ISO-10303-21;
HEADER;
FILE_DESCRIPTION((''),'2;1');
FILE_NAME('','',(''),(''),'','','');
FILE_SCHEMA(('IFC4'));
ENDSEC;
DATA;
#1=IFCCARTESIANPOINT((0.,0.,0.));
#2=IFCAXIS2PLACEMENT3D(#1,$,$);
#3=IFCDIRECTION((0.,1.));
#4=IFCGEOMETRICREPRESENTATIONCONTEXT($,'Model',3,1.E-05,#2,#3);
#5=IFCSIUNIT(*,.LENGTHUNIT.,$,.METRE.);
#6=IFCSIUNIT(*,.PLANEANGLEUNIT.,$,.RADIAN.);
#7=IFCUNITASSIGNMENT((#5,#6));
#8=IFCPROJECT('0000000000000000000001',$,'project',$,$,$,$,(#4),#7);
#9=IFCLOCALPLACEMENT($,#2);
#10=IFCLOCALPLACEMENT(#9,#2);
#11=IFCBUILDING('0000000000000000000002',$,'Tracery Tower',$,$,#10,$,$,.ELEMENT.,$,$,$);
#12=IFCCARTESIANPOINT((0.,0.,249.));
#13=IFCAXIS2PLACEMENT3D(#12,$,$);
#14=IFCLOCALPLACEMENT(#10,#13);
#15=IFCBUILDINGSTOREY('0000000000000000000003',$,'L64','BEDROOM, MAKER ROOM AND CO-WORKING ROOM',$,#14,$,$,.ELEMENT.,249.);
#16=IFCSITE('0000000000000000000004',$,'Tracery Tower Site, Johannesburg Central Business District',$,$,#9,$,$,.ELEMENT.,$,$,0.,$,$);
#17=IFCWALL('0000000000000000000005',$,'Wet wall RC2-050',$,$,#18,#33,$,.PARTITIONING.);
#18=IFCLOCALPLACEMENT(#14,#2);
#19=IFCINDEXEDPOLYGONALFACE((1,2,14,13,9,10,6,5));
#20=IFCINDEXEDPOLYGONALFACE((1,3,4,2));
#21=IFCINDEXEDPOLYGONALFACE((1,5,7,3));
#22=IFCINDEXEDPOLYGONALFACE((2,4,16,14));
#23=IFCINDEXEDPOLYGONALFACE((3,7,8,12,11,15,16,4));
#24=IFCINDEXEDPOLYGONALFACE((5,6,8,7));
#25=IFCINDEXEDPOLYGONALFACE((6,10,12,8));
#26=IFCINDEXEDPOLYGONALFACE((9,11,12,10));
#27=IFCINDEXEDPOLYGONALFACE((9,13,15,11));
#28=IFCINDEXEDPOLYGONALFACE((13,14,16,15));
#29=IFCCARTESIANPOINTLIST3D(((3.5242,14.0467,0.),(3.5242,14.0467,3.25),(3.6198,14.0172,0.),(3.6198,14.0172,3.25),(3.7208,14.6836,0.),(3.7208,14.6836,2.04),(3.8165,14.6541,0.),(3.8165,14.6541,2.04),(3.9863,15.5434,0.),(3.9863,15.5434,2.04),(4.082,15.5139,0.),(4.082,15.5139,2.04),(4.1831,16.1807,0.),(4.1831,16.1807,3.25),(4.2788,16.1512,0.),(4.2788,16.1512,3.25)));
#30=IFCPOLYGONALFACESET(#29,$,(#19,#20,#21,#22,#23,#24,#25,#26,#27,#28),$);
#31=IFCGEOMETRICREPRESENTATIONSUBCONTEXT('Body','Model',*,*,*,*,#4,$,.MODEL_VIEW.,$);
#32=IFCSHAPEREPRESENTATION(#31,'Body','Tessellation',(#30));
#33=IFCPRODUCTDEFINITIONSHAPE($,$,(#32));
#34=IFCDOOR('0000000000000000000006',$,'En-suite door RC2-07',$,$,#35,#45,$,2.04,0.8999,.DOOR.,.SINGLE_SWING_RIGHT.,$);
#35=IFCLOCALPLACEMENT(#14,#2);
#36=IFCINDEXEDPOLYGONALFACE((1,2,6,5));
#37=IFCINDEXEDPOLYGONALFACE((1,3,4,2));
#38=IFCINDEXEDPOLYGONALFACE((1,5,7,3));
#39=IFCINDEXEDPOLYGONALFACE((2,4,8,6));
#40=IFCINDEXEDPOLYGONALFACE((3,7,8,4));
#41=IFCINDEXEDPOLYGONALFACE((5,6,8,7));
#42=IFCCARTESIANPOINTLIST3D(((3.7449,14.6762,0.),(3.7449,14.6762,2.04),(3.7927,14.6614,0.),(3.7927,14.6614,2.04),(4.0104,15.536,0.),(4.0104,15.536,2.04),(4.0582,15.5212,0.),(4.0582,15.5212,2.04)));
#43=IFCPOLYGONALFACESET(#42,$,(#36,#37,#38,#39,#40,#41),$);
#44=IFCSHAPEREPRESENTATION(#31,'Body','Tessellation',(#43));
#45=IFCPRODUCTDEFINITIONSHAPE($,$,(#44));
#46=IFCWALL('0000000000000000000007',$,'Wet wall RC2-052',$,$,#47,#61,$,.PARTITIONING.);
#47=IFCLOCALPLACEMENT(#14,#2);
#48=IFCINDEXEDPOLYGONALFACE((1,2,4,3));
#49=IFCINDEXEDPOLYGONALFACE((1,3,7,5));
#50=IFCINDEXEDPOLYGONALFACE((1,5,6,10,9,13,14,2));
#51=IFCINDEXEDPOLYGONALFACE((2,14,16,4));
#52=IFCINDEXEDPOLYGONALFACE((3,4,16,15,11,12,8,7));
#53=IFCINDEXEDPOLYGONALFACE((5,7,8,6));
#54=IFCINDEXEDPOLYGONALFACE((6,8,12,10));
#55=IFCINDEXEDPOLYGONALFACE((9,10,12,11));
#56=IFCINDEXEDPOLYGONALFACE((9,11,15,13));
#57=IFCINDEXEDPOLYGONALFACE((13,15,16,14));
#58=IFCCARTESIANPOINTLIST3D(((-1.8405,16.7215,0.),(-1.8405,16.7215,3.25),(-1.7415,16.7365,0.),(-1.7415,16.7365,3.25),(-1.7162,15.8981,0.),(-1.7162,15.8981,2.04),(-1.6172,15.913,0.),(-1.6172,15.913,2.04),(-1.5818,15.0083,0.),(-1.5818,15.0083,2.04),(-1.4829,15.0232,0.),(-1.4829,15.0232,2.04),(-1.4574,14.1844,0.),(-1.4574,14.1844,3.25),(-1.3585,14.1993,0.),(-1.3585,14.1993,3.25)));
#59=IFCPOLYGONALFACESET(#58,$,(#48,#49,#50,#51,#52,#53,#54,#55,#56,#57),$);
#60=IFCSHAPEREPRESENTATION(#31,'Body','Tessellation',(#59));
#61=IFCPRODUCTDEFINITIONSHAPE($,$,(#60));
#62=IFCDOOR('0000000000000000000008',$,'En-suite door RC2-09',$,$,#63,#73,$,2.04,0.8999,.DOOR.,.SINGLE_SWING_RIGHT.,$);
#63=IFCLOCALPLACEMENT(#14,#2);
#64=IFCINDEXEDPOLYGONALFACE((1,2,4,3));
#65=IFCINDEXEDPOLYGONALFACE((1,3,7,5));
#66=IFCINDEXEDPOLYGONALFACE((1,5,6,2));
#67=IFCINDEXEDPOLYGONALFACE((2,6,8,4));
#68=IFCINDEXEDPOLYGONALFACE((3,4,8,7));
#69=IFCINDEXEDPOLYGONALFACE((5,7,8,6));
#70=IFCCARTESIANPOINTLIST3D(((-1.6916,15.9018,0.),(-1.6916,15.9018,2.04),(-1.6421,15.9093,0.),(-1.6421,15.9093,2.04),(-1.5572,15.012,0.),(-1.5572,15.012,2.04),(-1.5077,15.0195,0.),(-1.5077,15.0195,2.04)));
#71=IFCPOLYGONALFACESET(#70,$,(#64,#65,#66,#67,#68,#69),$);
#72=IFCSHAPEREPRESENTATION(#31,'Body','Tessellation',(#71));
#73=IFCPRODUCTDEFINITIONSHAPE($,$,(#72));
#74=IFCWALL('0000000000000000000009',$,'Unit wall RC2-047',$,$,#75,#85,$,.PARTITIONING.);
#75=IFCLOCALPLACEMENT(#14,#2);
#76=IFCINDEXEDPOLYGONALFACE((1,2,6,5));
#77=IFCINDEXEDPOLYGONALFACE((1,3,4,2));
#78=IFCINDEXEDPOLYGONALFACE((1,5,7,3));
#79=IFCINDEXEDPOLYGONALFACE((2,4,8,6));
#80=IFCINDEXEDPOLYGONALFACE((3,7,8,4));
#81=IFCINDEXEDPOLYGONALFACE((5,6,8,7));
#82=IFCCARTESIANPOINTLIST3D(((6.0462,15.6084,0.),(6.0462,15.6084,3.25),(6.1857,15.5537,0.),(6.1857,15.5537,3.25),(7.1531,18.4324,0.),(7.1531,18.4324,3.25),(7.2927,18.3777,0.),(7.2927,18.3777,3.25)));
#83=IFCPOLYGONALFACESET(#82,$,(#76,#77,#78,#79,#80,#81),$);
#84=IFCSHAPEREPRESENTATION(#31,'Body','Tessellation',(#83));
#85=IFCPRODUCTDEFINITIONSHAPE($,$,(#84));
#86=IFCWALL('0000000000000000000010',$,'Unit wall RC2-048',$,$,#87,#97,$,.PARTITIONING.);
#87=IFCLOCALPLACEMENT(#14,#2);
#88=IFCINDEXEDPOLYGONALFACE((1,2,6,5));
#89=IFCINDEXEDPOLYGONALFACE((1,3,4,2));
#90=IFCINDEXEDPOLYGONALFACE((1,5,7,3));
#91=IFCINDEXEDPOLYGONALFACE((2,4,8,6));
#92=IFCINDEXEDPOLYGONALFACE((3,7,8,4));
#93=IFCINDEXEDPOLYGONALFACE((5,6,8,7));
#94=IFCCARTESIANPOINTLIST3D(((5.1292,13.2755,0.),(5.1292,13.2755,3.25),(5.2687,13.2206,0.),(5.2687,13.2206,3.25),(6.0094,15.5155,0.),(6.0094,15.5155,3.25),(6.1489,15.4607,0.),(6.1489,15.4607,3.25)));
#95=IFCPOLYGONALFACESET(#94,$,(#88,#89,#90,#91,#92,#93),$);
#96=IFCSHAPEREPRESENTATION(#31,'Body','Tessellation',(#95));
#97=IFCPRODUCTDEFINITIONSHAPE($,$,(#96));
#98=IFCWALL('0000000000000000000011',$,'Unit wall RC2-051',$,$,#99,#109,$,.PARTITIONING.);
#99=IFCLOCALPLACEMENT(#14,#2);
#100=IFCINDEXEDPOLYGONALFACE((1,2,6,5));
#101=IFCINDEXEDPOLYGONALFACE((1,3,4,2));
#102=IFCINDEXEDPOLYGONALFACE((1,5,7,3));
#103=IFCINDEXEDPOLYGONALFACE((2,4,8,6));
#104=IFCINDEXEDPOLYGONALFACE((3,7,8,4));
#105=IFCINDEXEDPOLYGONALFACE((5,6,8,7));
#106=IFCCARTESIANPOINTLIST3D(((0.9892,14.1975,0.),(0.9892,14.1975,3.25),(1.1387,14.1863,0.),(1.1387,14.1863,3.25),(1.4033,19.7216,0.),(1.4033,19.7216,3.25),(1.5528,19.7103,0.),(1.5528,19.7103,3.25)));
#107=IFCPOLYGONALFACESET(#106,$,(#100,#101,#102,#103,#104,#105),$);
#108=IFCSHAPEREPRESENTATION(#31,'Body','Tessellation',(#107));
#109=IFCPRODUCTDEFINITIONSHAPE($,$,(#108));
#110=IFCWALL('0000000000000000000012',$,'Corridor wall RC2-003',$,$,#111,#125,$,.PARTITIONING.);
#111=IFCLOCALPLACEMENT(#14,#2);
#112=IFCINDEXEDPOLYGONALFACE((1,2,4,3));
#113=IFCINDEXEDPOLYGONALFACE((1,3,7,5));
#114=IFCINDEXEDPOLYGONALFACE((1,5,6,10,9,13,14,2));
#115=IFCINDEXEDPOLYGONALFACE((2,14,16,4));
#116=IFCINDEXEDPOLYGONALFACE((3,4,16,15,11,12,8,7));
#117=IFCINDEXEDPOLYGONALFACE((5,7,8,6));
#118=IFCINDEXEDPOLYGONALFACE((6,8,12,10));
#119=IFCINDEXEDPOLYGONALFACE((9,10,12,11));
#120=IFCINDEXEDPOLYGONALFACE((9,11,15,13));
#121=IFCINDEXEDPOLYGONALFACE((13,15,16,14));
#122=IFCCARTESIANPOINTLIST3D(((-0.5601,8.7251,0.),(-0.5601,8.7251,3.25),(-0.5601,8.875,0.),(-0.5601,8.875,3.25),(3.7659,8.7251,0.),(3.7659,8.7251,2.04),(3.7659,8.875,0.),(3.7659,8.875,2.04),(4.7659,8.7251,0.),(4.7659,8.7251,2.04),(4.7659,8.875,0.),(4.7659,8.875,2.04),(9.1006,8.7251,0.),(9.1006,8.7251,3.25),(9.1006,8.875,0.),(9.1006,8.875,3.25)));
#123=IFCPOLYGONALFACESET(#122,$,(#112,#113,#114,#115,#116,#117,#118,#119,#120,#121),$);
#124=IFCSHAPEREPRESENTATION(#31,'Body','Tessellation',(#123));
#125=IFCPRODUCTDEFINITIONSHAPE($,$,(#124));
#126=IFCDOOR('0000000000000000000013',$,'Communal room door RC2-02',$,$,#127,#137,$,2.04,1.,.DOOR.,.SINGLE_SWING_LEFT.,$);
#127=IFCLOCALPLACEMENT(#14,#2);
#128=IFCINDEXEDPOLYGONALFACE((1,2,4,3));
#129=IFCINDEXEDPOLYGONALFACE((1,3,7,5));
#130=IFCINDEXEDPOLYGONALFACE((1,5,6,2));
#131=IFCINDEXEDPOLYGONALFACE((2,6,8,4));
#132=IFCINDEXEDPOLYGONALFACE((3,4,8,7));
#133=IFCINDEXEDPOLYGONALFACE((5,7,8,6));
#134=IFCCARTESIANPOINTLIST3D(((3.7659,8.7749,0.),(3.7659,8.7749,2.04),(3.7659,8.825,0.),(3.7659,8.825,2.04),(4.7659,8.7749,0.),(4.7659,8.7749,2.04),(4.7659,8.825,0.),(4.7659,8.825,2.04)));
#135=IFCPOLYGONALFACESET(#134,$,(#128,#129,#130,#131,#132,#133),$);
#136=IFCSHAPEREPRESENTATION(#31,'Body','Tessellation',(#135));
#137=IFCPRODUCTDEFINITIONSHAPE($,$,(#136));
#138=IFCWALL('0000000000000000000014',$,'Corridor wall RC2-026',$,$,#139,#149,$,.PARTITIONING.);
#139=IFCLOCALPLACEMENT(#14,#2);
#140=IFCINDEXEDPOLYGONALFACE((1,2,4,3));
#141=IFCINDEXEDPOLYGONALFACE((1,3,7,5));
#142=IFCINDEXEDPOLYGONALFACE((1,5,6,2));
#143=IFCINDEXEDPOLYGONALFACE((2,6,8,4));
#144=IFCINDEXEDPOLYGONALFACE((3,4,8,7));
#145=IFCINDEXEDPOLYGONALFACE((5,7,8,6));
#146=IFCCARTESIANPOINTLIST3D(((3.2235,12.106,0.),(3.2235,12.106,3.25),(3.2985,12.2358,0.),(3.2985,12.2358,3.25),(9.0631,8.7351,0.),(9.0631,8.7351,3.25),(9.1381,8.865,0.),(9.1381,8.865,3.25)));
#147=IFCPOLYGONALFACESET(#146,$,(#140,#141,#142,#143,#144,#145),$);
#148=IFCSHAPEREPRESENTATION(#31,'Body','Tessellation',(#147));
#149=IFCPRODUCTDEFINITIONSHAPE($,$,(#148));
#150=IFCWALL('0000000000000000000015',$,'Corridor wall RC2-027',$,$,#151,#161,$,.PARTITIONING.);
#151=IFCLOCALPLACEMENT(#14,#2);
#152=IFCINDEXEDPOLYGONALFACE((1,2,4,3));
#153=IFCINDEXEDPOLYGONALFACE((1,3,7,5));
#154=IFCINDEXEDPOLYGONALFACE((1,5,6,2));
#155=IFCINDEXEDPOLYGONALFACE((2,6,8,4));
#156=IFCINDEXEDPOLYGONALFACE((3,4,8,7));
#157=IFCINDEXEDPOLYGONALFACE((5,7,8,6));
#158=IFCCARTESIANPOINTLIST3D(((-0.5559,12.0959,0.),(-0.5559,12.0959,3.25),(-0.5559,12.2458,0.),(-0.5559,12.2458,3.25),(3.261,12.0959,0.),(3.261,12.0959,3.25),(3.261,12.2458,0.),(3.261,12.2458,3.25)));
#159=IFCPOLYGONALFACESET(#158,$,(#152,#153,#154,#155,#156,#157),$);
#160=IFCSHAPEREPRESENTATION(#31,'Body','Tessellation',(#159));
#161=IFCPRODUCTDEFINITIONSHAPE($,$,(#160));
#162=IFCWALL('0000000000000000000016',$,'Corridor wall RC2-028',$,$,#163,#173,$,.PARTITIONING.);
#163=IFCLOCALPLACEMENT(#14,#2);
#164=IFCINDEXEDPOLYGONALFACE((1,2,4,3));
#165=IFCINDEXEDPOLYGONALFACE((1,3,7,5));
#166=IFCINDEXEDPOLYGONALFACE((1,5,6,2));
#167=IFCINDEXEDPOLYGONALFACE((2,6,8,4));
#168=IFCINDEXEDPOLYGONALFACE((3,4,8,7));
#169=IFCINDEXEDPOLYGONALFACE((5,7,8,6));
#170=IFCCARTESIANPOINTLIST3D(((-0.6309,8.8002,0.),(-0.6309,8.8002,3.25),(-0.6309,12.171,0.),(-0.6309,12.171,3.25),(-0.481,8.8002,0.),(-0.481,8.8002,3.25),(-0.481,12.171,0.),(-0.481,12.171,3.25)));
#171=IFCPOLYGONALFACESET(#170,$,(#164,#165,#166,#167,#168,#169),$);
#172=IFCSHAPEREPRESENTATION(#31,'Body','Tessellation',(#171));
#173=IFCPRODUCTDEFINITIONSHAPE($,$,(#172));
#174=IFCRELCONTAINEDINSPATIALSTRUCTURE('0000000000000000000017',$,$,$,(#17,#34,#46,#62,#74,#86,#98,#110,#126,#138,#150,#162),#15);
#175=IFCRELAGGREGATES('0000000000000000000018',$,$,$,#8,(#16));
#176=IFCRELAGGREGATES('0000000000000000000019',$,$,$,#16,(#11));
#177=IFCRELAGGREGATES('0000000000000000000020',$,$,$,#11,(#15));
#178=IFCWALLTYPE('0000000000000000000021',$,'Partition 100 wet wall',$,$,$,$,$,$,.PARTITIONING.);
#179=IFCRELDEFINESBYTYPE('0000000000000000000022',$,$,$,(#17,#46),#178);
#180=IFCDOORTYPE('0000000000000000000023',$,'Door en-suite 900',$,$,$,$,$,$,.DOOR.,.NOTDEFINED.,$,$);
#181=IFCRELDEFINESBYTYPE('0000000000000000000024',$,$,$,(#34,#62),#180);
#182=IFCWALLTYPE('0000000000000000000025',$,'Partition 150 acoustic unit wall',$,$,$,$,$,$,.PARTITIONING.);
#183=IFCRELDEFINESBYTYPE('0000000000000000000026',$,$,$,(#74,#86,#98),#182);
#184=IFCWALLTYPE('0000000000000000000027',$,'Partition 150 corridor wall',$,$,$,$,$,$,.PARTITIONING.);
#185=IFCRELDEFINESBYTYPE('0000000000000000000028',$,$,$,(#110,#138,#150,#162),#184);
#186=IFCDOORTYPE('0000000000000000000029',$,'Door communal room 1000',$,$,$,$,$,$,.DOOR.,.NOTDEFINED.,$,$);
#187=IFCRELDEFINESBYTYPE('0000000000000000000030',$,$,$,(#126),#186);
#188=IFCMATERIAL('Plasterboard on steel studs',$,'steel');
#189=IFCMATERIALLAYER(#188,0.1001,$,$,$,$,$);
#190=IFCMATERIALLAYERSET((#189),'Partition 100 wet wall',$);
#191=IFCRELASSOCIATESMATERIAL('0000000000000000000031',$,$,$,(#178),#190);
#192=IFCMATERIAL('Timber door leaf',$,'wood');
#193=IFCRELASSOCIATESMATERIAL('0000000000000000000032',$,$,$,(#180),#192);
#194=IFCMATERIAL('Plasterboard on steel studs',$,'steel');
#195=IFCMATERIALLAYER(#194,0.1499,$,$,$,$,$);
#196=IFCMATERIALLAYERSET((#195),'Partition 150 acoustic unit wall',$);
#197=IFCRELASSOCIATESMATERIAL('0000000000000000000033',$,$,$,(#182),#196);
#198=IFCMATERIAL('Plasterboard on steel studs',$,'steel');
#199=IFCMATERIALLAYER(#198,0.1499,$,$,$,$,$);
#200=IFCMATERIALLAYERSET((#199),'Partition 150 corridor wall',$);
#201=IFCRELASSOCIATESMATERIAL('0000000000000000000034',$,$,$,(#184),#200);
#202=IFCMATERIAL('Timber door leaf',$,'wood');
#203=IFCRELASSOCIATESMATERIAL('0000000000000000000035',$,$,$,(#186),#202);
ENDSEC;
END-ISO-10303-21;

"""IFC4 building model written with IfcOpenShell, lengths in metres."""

from ifc_helpers import new_model, si_unit, direction, frame, frame_2d, origin, place, context, subcontext, project, spatial, rectangle, extrude, material, layer, layer_set, type_object, element, fill, save


model = new_model("IFC4")

# Units and contexts
model_context = context("Model", 3, precision=1e-05, world=origin(), true_north=direction((0.0, 1.0)))
body_context = subcontext(model_context, "Body", "Model", "MODEL_VIEW")
ifc_project = project(units=[si_unit("LENGTHUNIT", "METRE"), si_unit("PLANEANGLEUNIT", "RADIAN")], contexts=[model_context])

# Site, building, storey
site_placement = place(None, origin())
site = spatial("IfcSite", under=ifc_project, at=site_placement, Name="Tracery Tower Site, Johannesburg Central Business District", CompositionType="ELEMENT", RefElevation=0.0)
building_placement = place(site_placement, origin())
building = spatial("IfcBuilding", under=site, at=building_placement, Name="Tracery Tower", CompositionType="ELEMENT")
storey_placement = place(building_placement, frame((0.0, 0.0, 249.0)))
storey = spatial("IfcBuildingStorey", under=building, at=storey_placement, Name="L64", Description="BEDROOM, MAKER ROOM AND CO-WORKING ROOM", CompositionType="ELEMENT", Elevation=249.0)

# Shared definitions
ifc_material_1 = material(Name="Plasterboard on steel studs", Category="steel")
ifc_layer_1 = layer(ifc_material_1, 0.1001)
ifc_layer_set_1 = layer_set([ifc_layer_1], Name="Partition 100 wet wall")
wall_type_1 = type_object("IfcWallType", Name="Partition 100 wet wall", PredefinedType="PARTITIONING", material=ifc_layer_set_1)
ifc_material_2 = material(Name="Timber door leaf", Category="wood")
door_type_1 = type_object("IfcDoorType", Name="Door en-suite 900", OperationType="NOTDEFINED", PredefinedType="DOOR", material=ifc_material_2)

# Walls, openings, doors
wall_1_placement = place(storey_placement, frame((3.572, 14.032, 0.0), z_axis=(0.0, 0.0, 1.0), x_axis=(0.295031, 0.955488, 0.0)))
wall_1 = element("IfcWall", 1, at=wall_1_placement, inside=storey, type_object=wall_type_1, Name="Wet wall RC2-050", PredefinedType="PARTITIONING", context=body_context, shape_type="SweptSolid", body=[
    extrude(rectangle(XDim=2.2334, YDim=0.1001, at=frame_2d((1.1167, 0.0))), origin(), (0.0, 0.0, 1.0), 3.25),
])
opening_1_placement = place(wall_1_placement, frame((0.6665, 0.0, 0.0)))
opening_1 = element("IfcOpeningElement", 2, at=opening_1_placement, cuts=wall_1, PredefinedType="OPENING", context=body_context, shape_type="SweptSolid", body=[
    extrude(rectangle(XDim=0.8999, YDim=2.04, at=frame_2d((0.45, 1.02))), frame((0.0, 0.05, 0.0), z_axis=(0.0, -1.0, 0.0), x_axis=(1.0, 0.0, 0.0)), (0.0, 0.0, 1.0), 0.1001),
])
door_1_placement = place(opening_1_placement, origin())
door_1 = element("IfcDoor", 3, at=door_1_placement, inside=storey, type_object=door_type_1, Name="En-suite door RC2-07", OperationType="SINGLE_SWING_RIGHT", OverallHeight=2.04, OverallWidth=0.8999, PredefinedType="DOOR", context=body_context, shape_type="SweptSolid", body=[
    extrude(rectangle(XDim=0.8999, YDim=2.04, at=frame_2d((0.45, 1.02))), frame((0.0, 0.0249, 0.0), z_axis=(0.0, -1.0, 0.0), x_axis=(1.0, 0.0, 0.0)), (0.0, 0.0, 1.0), 0.05),
])
fill(opening_1, door_1)
wall_2_placement = place(storey_placement, frame((-1.791, 16.729, 0.0), z_axis=(0.0, 0.0, 1.0), x_axis=(0.14929, -0.988794, 0.0)))
wall_2 = element("IfcWall", 4, at=wall_2_placement, inside=storey, type_object=wall_type_1, Name="Wet wall RC2-052", PredefinedType="PARTITIONING", context=body_context, shape_type="SweptSolid", body=[
    extrude(rectangle(XDim=2.5659, YDim=0.1001, at=frame_2d((1.283, 0.0))), origin(), (0.0, 0.0, 1.0), 3.25),
])
opening_2_placement = place(wall_2_placement, frame((0.8328, 0.0, 0.0)))
opening_2 = element("IfcOpeningElement", 5, at=opening_2_placement, cuts=wall_2, PredefinedType="OPENING", context=body_context, shape_type="SweptSolid", body=[
    extrude(rectangle(XDim=0.8999, YDim=2.04, at=frame_2d((0.45, 1.02))), frame((0.0, 0.05, 0.0), z_axis=(0.0, -1.0, 0.0), x_axis=(1.0, 0.0, 0.0)), (0.0, 0.0, 1.0), 0.1001),
])
door_2_placement = place(opening_2_placement, origin())
door_2 = element("IfcDoor", 6, at=door_2_placement, inside=storey, type_object=door_type_1, Name="En-suite door RC2-09", OperationType="SINGLE_SWING_RIGHT", OverallHeight=2.04, OverallWidth=0.8999, PredefinedType="DOOR", context=body_context, shape_type="SweptSolid", body=[
    extrude(rectangle(XDim=0.8999, YDim=2.04, at=frame_2d((0.45, 1.02))), frame((0.0, 0.0249, 0.0), z_axis=(0.0, -1.0, 0.0), x_axis=(1.0, 0.0, 0.0)), (0.0, 0.0, 1.0), 0.05),
])
fill(opening_2, door_2)

# Walls
ifc_material_3 = material(Name="Plasterboard on steel studs", Category="steel")
ifc_layer_2 = layer(ifc_material_3, 0.1499)
ifc_layer_set_2 = layer_set([ifc_layer_2], Name="Partition 150 acoustic unit wall")
wall_type_2 = type_object("IfcWallType", Name="Partition 150 acoustic unit wall", PredefinedType="PARTITIONING", material=ifc_layer_set_2)
wall_3_placement = place(storey_placement, frame((6.116, 15.5811, 0.0), z_axis=(0.0, 0.0, 1.0), x_axis=(0.364943, 0.93103, 0.0)))
element("IfcWall", 7, at=wall_3_placement, inside=storey, type_object=wall_type_2, Name="Unit wall RC2-047", PredefinedType="PARTITIONING", context=body_context, shape_type="SweptSolid", body=[
    extrude(rectangle(XDim=3.0332, YDim=0.1499, at=frame_2d((1.5166, 0.0))), origin(), (0.0, 0.0, 1.0), 3.25),
])
wall_4_placement = place(storey_placement, frame((5.199, 13.248, 0.0), z_axis=(0.0, 0.0, 1.0), x_axis=(0.365699, 0.930733, 0.0)))
element("IfcWall", 8, at=wall_4_placement, inside=storey, type_object=wall_type_2, Name="Unit wall RC2-048", PredefinedType="PARTITIONING", context=body_context, shape_type="SweptSolid", body=[
    extrude(rectangle(XDim=2.4067, YDim=0.1499, at=frame_2d((1.2034, 0.0))), origin(), (0.0, 0.0, 1.0), 3.25),
])
wall_5_placement = place(storey_placement, frame((1.064, 14.1919, 0.0), z_axis=(0.0, 0.0, 1.0), x_axis=(0.074745, 0.997203, 0.0)))
element("IfcWall", 9, at=wall_5_placement, inside=storey, type_object=wall_type_2, Name="Unit wall RC2-051", PredefinedType="PARTITIONING", context=body_context, shape_type="SweptSolid", body=[
    extrude(rectangle(XDim=5.5396, YDim=0.1499, at=frame_2d((2.7698, 0.0))), origin(), (0.0, 0.0, 1.0), 3.25),
])

# Wall, opening, door
ifc_material_4 = material(Name="Plasterboard on steel studs", Category="steel")
ifc_layer_3 = layer(ifc_material_4, 0.1499)
ifc_layer_set_3 = layer_set([ifc_layer_3], Name="Partition 150 corridor wall")
wall_type_3 = type_object("IfcWallType", Name="Partition 150 corridor wall", PredefinedType="PARTITIONING", material=ifc_layer_set_3)
wall_6_placement = place(storey_placement, frame((-0.5601, 8.8, 0.0), z_axis=(0.0, 0.0, 1.0), x_axis=(1.0, 0.0, 0.0)))
wall_6 = element("IfcWall", 10, at=wall_6_placement, inside=storey, type_object=wall_type_3, Name="Corridor wall RC2-003", PredefinedType="PARTITIONING", context=body_context, shape_type="SweptSolid", body=[
    extrude(rectangle(XDim=9.6606, YDim=0.1499, at=frame_2d((4.8303, 0.0))), origin(), (0.0, 0.0, 1.0), 3.25),
])
opening_3_placement = place(wall_6_placement, frame((4.3259, 0.0, 0.0)))
opening_3 = element("IfcOpeningElement", 11, at=opening_3_placement, cuts=wall_6, PredefinedType="OPENING", context=body_context, shape_type="SweptSolid", body=[
    extrude(rectangle(XDim=1.0, YDim=2.04, at=frame_2d((0.5, 1.02))), frame((0.0, 0.075, 0.0), z_axis=(0.0, -1.0, 0.0), x_axis=(1.0, 0.0, 0.0)), (0.0, 0.0, 1.0), 0.1499),
])
ifc_material_5 = material(Name="Timber door leaf", Category="wood")
door_type_2 = type_object("IfcDoorType", Name="Door communal room 1000", OperationType="NOTDEFINED", PredefinedType="DOOR", material=ifc_material_5)
door_3_placement = place(opening_3_placement, origin())
door_3 = element("IfcDoor", 12, at=door_3_placement, inside=storey, type_object=door_type_2, Name="Communal room door RC2-02", OperationType="SINGLE_SWING_LEFT", OverallHeight=2.04, OverallWidth=1.0, PredefinedType="DOOR", context=body_context, shape_type="SweptSolid", body=[
    extrude(rectangle(XDim=1.0, YDim=2.04, at=frame_2d((0.5, 1.02))), frame((0.0, 0.0249, 0.0), z_axis=(0.0, -1.0, 0.0), x_axis=(1.0, 0.0, 0.0)), (0.0, 0.0, 1.0), 0.05),
])
fill(opening_3, door_3)

# Walls
wall_7_placement = place(storey_placement, frame((3.261, 12.1709, 0.0), z_axis=(0.0, 0.0, 1.0), x_axis=(0.866067, -0.499928, 0.0)))
element("IfcWall", 13, at=wall_7_placement, inside=storey, type_object=wall_type_3, Name="Corridor wall RC2-026", PredefinedType="PARTITIONING", context=body_context, shape_type="SweptSolid", body=[
    extrude(rectangle(XDim=6.7427, YDim=0.1499, at=frame_2d((3.3713, 0.0))), origin(), (0.0, 0.0, 1.0), 3.25),
])
wall_8_placement = place(storey_placement, frame((-0.5559, 12.1709, 0.0), z_axis=(0.0, 0.0, 1.0), x_axis=(1.0, 0.0, 0.0)))
element("IfcWall", 14, at=wall_8_placement, inside=storey, type_object=wall_type_3, Name="Corridor wall RC2-027", PredefinedType="PARTITIONING", context=body_context, shape_type="SweptSolid", body=[
    extrude(rectangle(XDim=3.8169, YDim=0.1499, at=frame_2d((1.9084, 0.0))), origin(), (0.0, 0.0, 1.0), 3.25),
])
wall_9_placement = place(storey_placement, frame((-0.5559, 8.8, 0.0), z_axis=(0.0, 0.0, 1.0), x_axis=(0.0, 1.0, 0.0)))
element("IfcWall", 15, at=wall_9_placement, inside=storey, type_object=wall_type_3, Name="Corridor wall RC2-028", PredefinedType="PARTITIONING", context=body_context, shape_type="SweptSolid", body=[
    extrude(rectangle(XDim=3.3708, YDim=0.1499, at=frame_2d((1.6855, 0.0))), origin(), (0.0, 0.0, 1.0), 3.25),
])

save(model, "model.ifc")
